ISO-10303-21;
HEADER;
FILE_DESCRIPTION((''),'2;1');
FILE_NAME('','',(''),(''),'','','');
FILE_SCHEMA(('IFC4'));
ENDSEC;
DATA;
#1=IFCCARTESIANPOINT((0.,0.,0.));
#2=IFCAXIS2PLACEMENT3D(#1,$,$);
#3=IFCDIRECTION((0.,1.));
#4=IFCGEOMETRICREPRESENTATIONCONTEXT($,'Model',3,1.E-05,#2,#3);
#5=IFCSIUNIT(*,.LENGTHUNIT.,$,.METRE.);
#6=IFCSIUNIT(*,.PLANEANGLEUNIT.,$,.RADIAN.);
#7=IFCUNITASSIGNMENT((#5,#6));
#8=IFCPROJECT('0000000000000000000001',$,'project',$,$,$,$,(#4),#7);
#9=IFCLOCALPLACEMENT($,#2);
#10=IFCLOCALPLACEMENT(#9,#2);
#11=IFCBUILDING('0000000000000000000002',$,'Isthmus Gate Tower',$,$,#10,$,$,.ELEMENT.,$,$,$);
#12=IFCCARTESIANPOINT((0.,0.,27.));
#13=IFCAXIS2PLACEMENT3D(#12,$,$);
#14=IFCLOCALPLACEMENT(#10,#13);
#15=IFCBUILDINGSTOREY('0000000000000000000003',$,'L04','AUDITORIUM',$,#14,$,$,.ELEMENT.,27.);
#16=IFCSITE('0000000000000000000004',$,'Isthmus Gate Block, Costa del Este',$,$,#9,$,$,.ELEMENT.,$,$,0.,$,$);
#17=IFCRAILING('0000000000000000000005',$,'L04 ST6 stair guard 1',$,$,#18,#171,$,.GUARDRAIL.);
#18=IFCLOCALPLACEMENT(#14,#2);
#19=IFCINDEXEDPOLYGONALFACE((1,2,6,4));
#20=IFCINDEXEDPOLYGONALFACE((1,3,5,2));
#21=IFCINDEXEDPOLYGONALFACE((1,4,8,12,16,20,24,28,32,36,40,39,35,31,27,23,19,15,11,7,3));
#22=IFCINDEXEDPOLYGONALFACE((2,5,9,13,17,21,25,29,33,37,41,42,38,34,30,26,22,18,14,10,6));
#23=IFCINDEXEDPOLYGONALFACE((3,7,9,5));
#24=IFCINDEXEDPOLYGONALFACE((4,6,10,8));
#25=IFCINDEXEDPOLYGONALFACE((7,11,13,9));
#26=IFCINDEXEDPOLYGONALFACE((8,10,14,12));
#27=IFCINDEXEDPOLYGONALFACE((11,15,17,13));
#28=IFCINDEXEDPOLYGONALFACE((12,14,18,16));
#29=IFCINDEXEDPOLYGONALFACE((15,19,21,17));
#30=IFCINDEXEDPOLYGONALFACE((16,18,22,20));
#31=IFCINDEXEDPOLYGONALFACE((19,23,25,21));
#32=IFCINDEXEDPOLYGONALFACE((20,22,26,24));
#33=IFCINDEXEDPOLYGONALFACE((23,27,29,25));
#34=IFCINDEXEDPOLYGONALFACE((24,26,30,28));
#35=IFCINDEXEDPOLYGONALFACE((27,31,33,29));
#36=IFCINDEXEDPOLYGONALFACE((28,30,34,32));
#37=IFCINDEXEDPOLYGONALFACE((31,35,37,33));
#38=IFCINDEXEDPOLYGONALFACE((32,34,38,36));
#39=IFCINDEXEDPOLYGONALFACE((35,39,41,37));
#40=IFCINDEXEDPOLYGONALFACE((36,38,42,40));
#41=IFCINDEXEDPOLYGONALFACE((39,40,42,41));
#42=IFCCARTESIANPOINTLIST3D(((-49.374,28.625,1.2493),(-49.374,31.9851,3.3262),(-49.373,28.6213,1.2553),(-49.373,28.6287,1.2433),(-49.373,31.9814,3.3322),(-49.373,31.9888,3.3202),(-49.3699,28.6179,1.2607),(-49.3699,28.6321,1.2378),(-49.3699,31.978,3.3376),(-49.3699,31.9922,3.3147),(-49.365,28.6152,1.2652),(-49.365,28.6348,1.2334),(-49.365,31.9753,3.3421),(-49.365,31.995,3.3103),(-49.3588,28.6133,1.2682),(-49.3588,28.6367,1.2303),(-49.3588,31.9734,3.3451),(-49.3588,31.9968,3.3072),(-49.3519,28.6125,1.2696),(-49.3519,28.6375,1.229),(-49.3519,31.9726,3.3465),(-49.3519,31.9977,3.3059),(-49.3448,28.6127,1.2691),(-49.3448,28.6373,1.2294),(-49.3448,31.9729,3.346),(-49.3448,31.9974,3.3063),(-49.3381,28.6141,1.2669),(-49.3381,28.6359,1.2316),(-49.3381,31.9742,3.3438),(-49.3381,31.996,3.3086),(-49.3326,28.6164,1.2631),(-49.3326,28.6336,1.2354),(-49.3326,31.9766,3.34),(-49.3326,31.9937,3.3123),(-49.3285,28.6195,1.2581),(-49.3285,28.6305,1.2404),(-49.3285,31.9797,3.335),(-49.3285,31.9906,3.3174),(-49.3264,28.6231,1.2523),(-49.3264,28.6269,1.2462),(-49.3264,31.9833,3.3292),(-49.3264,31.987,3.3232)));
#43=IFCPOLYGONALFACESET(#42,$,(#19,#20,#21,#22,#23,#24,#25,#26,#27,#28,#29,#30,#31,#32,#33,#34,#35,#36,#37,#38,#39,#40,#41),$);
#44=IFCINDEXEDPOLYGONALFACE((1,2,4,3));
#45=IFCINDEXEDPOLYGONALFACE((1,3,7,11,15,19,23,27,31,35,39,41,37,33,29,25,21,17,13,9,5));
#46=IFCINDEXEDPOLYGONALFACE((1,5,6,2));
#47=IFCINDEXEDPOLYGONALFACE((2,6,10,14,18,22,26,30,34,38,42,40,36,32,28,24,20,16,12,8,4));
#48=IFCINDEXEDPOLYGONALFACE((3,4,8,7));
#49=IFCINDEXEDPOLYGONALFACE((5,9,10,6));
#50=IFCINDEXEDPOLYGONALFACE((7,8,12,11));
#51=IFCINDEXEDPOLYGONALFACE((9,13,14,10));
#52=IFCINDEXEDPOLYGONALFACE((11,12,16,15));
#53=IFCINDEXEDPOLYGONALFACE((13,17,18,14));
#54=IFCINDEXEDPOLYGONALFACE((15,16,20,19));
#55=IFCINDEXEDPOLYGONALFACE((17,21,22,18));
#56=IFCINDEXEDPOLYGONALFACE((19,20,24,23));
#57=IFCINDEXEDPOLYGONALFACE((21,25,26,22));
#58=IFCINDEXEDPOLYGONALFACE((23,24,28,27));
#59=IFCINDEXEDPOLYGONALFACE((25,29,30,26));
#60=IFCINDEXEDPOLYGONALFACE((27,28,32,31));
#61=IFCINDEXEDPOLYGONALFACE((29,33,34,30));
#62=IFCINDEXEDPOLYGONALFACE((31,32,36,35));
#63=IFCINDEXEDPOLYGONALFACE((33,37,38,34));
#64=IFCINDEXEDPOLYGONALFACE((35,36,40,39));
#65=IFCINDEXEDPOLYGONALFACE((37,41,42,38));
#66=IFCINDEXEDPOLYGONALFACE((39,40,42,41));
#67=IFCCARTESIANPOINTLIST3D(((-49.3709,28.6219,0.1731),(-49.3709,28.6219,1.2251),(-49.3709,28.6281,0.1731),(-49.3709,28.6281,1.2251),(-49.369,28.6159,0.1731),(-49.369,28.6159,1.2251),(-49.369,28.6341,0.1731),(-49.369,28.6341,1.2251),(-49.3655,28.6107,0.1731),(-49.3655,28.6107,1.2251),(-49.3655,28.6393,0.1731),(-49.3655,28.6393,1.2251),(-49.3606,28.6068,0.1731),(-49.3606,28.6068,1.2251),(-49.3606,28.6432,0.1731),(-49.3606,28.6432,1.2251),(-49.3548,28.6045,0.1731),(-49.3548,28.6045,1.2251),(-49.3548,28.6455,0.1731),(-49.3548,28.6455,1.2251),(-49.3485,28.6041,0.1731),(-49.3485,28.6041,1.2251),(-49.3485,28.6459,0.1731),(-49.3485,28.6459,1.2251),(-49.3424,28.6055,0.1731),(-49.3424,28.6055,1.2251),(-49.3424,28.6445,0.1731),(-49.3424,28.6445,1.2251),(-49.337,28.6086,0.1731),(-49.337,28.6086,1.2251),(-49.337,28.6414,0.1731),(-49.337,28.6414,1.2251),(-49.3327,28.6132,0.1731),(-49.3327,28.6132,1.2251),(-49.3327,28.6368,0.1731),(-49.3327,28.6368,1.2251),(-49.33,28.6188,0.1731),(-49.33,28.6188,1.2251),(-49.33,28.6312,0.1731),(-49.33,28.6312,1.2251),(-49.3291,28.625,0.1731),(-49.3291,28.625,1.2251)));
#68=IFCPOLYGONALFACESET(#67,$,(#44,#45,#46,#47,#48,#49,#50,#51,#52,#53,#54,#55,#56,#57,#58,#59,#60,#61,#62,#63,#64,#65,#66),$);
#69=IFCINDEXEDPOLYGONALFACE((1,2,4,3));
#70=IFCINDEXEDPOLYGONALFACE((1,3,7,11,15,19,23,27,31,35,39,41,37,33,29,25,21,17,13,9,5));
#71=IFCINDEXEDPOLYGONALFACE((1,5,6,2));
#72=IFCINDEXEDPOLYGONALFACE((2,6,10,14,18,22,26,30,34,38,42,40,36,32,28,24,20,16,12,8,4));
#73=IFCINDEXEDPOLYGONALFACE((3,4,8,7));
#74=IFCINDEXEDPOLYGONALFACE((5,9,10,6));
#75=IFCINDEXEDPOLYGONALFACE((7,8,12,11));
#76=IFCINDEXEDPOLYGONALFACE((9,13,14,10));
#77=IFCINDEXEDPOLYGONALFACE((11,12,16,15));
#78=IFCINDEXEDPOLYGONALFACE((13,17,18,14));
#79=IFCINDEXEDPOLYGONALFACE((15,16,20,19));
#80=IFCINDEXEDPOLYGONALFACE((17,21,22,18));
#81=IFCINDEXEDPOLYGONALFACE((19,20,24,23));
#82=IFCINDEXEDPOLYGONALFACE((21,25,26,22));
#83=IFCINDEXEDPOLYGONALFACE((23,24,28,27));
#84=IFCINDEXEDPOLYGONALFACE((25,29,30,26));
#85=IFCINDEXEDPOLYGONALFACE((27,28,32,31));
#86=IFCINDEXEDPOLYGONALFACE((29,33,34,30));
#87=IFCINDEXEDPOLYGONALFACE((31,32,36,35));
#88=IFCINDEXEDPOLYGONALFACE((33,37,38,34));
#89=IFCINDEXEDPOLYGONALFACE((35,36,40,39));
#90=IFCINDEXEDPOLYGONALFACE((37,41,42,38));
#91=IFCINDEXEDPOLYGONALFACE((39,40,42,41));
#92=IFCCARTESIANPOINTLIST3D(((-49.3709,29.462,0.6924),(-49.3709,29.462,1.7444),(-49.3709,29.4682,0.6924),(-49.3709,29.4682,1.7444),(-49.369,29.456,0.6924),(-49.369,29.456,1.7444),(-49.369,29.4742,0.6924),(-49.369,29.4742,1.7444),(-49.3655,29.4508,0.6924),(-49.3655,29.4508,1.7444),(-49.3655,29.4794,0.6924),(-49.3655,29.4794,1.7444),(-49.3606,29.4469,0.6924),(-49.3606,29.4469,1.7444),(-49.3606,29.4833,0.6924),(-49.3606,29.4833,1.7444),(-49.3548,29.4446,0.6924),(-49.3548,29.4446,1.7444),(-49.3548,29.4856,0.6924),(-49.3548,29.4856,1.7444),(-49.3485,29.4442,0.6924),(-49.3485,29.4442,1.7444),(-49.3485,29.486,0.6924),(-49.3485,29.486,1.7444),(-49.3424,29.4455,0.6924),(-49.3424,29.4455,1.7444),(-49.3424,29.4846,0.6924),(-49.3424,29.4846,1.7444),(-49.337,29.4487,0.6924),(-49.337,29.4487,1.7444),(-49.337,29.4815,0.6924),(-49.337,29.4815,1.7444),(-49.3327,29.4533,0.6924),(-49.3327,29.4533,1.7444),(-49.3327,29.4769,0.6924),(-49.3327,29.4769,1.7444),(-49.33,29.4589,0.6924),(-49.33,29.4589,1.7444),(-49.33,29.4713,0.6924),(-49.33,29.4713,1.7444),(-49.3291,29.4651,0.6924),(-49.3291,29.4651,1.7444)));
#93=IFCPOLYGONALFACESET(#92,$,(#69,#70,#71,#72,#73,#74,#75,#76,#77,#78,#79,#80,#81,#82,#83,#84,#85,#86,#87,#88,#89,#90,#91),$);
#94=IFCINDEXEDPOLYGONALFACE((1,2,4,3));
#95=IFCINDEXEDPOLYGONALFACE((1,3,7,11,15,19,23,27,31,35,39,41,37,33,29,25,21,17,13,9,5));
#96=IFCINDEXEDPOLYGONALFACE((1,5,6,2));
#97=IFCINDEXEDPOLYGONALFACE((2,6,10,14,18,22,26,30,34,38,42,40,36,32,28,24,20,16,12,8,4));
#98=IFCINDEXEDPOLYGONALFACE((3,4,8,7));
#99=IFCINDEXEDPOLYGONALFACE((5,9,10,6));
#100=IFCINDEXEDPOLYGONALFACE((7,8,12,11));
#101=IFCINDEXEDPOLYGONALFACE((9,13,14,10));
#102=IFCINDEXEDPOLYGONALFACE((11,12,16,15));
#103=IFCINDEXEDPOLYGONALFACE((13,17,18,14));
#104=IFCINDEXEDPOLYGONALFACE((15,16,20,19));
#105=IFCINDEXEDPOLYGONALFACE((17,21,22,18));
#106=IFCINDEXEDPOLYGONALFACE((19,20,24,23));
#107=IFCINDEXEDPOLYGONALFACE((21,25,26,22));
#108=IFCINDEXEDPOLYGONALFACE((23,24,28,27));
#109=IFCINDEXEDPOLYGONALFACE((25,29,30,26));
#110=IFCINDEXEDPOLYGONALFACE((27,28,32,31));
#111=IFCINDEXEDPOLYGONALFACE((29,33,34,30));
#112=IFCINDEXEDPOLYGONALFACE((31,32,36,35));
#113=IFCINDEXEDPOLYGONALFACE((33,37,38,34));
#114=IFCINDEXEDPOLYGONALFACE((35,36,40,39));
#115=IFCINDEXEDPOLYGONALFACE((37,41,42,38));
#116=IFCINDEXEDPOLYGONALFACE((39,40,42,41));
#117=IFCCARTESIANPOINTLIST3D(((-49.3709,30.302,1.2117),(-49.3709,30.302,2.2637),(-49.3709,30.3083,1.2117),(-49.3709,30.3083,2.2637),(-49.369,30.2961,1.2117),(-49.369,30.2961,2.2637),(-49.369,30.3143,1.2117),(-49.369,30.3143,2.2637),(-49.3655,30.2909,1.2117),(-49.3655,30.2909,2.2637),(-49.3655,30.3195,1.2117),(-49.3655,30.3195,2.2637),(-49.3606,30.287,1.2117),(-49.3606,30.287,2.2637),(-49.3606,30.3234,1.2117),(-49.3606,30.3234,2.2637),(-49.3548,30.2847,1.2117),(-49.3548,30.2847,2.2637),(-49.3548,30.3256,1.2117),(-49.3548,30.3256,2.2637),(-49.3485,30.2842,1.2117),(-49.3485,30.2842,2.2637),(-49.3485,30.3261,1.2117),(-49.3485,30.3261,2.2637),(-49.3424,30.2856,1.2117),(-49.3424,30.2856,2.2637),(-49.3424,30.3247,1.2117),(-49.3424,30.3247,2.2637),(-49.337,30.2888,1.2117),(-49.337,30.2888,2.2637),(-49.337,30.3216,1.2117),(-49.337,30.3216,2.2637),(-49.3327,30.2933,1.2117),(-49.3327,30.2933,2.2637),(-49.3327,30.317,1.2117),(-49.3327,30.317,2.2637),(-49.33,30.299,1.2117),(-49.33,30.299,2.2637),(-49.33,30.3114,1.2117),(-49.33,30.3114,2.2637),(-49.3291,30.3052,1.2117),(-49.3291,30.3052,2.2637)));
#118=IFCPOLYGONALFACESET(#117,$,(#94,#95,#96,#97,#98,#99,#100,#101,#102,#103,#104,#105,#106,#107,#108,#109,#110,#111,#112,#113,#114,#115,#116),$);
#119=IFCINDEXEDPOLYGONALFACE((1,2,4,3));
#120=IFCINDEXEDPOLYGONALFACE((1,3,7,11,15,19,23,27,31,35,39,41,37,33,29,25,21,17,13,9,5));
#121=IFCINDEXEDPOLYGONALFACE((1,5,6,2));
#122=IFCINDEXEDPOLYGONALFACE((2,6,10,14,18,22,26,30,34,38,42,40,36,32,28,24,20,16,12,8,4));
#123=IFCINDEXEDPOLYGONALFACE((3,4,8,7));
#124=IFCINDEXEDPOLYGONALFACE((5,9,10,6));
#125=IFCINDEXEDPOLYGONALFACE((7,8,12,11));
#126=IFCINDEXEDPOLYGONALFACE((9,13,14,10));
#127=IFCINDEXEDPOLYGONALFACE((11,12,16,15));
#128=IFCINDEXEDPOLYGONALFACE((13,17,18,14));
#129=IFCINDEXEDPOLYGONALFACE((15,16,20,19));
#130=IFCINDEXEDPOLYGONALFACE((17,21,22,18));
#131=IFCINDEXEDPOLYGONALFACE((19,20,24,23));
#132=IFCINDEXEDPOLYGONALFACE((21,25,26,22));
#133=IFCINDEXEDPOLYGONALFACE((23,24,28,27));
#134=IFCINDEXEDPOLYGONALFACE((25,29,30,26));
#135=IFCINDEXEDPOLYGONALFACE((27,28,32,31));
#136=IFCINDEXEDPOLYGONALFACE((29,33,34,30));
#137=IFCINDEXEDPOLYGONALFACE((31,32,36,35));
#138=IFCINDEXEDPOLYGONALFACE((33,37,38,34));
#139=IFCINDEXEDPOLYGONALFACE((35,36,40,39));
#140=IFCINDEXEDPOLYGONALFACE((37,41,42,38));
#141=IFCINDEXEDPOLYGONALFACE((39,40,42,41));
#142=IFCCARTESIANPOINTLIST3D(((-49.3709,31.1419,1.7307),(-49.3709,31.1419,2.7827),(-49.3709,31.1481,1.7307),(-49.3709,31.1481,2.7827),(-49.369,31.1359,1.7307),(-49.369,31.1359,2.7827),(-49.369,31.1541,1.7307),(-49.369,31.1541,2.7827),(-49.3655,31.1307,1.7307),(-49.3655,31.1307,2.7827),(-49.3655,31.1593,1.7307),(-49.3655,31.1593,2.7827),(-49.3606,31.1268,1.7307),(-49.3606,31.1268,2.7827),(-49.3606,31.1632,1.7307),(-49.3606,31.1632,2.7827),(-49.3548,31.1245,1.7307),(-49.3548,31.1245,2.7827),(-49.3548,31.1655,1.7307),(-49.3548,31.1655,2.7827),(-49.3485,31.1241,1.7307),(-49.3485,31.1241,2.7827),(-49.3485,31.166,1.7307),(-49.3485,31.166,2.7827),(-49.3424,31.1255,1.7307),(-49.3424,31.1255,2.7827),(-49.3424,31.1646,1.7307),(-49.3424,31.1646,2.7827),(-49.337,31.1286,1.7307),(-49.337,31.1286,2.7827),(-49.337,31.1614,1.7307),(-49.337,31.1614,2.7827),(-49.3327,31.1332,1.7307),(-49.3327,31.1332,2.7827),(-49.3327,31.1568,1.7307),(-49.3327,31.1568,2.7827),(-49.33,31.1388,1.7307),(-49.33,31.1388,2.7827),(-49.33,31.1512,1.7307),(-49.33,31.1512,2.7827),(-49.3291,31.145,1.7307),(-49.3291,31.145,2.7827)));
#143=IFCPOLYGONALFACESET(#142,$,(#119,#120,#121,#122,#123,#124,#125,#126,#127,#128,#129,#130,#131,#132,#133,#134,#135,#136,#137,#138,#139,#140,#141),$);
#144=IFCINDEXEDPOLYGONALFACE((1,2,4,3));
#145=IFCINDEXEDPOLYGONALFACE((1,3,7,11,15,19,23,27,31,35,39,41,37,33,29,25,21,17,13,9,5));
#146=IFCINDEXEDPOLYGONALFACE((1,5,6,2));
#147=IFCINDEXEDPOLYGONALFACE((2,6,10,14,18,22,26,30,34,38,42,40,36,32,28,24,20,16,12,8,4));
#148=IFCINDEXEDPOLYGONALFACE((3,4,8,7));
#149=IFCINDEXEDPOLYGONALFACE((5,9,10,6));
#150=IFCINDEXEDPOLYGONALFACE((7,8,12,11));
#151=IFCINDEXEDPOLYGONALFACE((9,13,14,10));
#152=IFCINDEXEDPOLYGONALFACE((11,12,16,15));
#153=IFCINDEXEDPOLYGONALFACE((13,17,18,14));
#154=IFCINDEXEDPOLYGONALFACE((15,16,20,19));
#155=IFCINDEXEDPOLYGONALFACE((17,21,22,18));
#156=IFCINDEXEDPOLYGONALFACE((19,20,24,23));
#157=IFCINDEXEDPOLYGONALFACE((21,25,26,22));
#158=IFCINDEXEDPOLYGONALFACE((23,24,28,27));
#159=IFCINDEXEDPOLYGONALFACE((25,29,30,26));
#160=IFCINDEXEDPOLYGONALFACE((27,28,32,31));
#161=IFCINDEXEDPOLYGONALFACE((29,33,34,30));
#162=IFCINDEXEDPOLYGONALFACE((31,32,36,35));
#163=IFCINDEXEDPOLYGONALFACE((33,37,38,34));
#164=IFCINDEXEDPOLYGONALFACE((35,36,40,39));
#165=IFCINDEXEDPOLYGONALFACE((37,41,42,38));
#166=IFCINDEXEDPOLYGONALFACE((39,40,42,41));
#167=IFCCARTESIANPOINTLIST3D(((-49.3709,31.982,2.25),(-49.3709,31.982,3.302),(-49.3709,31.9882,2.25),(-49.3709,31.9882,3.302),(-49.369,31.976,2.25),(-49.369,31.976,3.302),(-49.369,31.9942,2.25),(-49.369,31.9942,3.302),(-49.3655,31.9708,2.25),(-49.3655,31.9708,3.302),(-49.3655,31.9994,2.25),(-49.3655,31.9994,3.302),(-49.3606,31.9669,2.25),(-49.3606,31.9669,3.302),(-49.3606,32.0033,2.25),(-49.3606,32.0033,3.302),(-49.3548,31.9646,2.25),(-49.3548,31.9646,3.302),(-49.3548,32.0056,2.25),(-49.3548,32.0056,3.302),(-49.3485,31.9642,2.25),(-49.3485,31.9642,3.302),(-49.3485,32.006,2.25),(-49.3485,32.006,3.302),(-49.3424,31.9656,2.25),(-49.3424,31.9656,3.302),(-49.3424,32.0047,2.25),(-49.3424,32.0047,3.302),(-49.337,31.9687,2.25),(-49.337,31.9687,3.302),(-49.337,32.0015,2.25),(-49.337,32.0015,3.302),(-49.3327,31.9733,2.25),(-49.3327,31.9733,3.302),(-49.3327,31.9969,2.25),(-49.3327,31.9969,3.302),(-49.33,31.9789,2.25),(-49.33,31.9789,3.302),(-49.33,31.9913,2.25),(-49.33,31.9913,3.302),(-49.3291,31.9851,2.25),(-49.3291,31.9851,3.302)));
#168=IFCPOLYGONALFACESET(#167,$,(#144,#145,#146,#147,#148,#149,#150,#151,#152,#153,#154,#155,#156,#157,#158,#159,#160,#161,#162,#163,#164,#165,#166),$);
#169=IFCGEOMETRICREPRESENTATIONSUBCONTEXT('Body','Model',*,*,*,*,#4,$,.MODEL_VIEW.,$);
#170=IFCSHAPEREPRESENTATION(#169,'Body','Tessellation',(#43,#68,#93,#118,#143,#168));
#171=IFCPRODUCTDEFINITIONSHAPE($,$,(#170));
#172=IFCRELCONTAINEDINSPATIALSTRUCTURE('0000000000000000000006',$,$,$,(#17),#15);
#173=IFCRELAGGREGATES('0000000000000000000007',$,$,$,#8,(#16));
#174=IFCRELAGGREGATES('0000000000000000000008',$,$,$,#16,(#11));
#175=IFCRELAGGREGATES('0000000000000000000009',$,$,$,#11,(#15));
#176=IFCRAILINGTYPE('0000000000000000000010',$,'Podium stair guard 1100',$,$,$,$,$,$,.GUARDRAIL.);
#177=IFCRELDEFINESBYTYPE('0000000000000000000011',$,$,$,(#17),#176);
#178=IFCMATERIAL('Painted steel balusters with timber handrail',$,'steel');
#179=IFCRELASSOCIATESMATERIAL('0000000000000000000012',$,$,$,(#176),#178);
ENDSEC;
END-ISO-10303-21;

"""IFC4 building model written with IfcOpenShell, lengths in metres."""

from ifc_helpers import new_model, si_unit, direction, frame, origin, origin_2d, place, context, subcontext, project, spatial, circle, extrude, material, type_object, element, save


model = new_model("IFC4")

# Units and contexts
model_context = context("Model", 3, precision=1e-05, world=origin(), true_north=direction((0.0, 1.0)))
body_context = subcontext(model_context, "Body", "Model", "MODEL_VIEW")
ifc_project = project(units=[si_unit("LENGTHUNIT", "METRE"), si_unit("PLANEANGLEUNIT", "RADIAN")], contexts=[model_context])

# Site, building, storey
site_placement = place(None, origin())
site = spatial("IfcSite", under=ifc_project, at=site_placement, Name="Isthmus Gate Block, Costa del Este", CompositionType="ELEMENT", RefElevation=0.0)
building_placement = place(site_placement, origin())
building = spatial("IfcBuilding", under=site, at=building_placement, Name="Isthmus Gate Tower", CompositionType="ELEMENT")
storey_placement = place(building_placement, frame((0.0, 0.0, 27.0)))
storey = spatial("IfcBuildingStorey", under=building, at=storey_placement, Name="L04", Description="AUDITORIUM", CompositionType="ELEMENT", Elevation=27.0)

# Railing
ifc_material_1 = material(Name="Painted steel balusters with timber handrail", Category="steel")
railing_type_1 = type_object("IfcRailingType", Name="Podium stair guard 1100", PredefinedType="GUARDRAIL", material=ifc_material_1)
railing_1_placement = place(storey_placement, frame((-49.3501, 28.625, 0.1731)))
element("IfcRailing", 1, at=railing_1_placement, inside=storey, type_object=railing_type_1, Name="L04 ST6 stair guard 1", PredefinedType="GUARDRAIL", context=body_context, shape_type="SweptSolid", body=[
    extrude(circle(Radius=0.0239, at=origin_2d()), frame((0.0, 0.0, 1.0762), z_axis=(0.0, 0.850623, 0.525776), x_axis=(-1.0, 0.0, 0.0)), (0.0, 0.0, 1.0), 3.9502),
    extrude(circle(Radius=0.021, at=origin_2d()), origin(), (0.0, 0.0, 1.0), 1.052),
    extrude(circle(Radius=0.021, at=origin_2d()), frame((0.0, 0.8401, 0.5193)), (0.0, 0.0, 1.0), 1.052),
    extrude(circle(Radius=0.021, at=origin_2d()), frame((0.0, 1.6802, 1.0386)), (0.0, 0.0, 1.0), 1.052),
    extrude(circle(Radius=0.021, at=origin_2d()), frame((0.0, 2.52, 1.5576)), (0.0, 0.0, 1.0), 1.052),
    extrude(circle(Radius=0.021, at=origin_2d()), frame((0.0, 3.3601, 2.0769)), (0.0, 0.0, 1.0), 1.052),
])

save(model, "model.ifc")
